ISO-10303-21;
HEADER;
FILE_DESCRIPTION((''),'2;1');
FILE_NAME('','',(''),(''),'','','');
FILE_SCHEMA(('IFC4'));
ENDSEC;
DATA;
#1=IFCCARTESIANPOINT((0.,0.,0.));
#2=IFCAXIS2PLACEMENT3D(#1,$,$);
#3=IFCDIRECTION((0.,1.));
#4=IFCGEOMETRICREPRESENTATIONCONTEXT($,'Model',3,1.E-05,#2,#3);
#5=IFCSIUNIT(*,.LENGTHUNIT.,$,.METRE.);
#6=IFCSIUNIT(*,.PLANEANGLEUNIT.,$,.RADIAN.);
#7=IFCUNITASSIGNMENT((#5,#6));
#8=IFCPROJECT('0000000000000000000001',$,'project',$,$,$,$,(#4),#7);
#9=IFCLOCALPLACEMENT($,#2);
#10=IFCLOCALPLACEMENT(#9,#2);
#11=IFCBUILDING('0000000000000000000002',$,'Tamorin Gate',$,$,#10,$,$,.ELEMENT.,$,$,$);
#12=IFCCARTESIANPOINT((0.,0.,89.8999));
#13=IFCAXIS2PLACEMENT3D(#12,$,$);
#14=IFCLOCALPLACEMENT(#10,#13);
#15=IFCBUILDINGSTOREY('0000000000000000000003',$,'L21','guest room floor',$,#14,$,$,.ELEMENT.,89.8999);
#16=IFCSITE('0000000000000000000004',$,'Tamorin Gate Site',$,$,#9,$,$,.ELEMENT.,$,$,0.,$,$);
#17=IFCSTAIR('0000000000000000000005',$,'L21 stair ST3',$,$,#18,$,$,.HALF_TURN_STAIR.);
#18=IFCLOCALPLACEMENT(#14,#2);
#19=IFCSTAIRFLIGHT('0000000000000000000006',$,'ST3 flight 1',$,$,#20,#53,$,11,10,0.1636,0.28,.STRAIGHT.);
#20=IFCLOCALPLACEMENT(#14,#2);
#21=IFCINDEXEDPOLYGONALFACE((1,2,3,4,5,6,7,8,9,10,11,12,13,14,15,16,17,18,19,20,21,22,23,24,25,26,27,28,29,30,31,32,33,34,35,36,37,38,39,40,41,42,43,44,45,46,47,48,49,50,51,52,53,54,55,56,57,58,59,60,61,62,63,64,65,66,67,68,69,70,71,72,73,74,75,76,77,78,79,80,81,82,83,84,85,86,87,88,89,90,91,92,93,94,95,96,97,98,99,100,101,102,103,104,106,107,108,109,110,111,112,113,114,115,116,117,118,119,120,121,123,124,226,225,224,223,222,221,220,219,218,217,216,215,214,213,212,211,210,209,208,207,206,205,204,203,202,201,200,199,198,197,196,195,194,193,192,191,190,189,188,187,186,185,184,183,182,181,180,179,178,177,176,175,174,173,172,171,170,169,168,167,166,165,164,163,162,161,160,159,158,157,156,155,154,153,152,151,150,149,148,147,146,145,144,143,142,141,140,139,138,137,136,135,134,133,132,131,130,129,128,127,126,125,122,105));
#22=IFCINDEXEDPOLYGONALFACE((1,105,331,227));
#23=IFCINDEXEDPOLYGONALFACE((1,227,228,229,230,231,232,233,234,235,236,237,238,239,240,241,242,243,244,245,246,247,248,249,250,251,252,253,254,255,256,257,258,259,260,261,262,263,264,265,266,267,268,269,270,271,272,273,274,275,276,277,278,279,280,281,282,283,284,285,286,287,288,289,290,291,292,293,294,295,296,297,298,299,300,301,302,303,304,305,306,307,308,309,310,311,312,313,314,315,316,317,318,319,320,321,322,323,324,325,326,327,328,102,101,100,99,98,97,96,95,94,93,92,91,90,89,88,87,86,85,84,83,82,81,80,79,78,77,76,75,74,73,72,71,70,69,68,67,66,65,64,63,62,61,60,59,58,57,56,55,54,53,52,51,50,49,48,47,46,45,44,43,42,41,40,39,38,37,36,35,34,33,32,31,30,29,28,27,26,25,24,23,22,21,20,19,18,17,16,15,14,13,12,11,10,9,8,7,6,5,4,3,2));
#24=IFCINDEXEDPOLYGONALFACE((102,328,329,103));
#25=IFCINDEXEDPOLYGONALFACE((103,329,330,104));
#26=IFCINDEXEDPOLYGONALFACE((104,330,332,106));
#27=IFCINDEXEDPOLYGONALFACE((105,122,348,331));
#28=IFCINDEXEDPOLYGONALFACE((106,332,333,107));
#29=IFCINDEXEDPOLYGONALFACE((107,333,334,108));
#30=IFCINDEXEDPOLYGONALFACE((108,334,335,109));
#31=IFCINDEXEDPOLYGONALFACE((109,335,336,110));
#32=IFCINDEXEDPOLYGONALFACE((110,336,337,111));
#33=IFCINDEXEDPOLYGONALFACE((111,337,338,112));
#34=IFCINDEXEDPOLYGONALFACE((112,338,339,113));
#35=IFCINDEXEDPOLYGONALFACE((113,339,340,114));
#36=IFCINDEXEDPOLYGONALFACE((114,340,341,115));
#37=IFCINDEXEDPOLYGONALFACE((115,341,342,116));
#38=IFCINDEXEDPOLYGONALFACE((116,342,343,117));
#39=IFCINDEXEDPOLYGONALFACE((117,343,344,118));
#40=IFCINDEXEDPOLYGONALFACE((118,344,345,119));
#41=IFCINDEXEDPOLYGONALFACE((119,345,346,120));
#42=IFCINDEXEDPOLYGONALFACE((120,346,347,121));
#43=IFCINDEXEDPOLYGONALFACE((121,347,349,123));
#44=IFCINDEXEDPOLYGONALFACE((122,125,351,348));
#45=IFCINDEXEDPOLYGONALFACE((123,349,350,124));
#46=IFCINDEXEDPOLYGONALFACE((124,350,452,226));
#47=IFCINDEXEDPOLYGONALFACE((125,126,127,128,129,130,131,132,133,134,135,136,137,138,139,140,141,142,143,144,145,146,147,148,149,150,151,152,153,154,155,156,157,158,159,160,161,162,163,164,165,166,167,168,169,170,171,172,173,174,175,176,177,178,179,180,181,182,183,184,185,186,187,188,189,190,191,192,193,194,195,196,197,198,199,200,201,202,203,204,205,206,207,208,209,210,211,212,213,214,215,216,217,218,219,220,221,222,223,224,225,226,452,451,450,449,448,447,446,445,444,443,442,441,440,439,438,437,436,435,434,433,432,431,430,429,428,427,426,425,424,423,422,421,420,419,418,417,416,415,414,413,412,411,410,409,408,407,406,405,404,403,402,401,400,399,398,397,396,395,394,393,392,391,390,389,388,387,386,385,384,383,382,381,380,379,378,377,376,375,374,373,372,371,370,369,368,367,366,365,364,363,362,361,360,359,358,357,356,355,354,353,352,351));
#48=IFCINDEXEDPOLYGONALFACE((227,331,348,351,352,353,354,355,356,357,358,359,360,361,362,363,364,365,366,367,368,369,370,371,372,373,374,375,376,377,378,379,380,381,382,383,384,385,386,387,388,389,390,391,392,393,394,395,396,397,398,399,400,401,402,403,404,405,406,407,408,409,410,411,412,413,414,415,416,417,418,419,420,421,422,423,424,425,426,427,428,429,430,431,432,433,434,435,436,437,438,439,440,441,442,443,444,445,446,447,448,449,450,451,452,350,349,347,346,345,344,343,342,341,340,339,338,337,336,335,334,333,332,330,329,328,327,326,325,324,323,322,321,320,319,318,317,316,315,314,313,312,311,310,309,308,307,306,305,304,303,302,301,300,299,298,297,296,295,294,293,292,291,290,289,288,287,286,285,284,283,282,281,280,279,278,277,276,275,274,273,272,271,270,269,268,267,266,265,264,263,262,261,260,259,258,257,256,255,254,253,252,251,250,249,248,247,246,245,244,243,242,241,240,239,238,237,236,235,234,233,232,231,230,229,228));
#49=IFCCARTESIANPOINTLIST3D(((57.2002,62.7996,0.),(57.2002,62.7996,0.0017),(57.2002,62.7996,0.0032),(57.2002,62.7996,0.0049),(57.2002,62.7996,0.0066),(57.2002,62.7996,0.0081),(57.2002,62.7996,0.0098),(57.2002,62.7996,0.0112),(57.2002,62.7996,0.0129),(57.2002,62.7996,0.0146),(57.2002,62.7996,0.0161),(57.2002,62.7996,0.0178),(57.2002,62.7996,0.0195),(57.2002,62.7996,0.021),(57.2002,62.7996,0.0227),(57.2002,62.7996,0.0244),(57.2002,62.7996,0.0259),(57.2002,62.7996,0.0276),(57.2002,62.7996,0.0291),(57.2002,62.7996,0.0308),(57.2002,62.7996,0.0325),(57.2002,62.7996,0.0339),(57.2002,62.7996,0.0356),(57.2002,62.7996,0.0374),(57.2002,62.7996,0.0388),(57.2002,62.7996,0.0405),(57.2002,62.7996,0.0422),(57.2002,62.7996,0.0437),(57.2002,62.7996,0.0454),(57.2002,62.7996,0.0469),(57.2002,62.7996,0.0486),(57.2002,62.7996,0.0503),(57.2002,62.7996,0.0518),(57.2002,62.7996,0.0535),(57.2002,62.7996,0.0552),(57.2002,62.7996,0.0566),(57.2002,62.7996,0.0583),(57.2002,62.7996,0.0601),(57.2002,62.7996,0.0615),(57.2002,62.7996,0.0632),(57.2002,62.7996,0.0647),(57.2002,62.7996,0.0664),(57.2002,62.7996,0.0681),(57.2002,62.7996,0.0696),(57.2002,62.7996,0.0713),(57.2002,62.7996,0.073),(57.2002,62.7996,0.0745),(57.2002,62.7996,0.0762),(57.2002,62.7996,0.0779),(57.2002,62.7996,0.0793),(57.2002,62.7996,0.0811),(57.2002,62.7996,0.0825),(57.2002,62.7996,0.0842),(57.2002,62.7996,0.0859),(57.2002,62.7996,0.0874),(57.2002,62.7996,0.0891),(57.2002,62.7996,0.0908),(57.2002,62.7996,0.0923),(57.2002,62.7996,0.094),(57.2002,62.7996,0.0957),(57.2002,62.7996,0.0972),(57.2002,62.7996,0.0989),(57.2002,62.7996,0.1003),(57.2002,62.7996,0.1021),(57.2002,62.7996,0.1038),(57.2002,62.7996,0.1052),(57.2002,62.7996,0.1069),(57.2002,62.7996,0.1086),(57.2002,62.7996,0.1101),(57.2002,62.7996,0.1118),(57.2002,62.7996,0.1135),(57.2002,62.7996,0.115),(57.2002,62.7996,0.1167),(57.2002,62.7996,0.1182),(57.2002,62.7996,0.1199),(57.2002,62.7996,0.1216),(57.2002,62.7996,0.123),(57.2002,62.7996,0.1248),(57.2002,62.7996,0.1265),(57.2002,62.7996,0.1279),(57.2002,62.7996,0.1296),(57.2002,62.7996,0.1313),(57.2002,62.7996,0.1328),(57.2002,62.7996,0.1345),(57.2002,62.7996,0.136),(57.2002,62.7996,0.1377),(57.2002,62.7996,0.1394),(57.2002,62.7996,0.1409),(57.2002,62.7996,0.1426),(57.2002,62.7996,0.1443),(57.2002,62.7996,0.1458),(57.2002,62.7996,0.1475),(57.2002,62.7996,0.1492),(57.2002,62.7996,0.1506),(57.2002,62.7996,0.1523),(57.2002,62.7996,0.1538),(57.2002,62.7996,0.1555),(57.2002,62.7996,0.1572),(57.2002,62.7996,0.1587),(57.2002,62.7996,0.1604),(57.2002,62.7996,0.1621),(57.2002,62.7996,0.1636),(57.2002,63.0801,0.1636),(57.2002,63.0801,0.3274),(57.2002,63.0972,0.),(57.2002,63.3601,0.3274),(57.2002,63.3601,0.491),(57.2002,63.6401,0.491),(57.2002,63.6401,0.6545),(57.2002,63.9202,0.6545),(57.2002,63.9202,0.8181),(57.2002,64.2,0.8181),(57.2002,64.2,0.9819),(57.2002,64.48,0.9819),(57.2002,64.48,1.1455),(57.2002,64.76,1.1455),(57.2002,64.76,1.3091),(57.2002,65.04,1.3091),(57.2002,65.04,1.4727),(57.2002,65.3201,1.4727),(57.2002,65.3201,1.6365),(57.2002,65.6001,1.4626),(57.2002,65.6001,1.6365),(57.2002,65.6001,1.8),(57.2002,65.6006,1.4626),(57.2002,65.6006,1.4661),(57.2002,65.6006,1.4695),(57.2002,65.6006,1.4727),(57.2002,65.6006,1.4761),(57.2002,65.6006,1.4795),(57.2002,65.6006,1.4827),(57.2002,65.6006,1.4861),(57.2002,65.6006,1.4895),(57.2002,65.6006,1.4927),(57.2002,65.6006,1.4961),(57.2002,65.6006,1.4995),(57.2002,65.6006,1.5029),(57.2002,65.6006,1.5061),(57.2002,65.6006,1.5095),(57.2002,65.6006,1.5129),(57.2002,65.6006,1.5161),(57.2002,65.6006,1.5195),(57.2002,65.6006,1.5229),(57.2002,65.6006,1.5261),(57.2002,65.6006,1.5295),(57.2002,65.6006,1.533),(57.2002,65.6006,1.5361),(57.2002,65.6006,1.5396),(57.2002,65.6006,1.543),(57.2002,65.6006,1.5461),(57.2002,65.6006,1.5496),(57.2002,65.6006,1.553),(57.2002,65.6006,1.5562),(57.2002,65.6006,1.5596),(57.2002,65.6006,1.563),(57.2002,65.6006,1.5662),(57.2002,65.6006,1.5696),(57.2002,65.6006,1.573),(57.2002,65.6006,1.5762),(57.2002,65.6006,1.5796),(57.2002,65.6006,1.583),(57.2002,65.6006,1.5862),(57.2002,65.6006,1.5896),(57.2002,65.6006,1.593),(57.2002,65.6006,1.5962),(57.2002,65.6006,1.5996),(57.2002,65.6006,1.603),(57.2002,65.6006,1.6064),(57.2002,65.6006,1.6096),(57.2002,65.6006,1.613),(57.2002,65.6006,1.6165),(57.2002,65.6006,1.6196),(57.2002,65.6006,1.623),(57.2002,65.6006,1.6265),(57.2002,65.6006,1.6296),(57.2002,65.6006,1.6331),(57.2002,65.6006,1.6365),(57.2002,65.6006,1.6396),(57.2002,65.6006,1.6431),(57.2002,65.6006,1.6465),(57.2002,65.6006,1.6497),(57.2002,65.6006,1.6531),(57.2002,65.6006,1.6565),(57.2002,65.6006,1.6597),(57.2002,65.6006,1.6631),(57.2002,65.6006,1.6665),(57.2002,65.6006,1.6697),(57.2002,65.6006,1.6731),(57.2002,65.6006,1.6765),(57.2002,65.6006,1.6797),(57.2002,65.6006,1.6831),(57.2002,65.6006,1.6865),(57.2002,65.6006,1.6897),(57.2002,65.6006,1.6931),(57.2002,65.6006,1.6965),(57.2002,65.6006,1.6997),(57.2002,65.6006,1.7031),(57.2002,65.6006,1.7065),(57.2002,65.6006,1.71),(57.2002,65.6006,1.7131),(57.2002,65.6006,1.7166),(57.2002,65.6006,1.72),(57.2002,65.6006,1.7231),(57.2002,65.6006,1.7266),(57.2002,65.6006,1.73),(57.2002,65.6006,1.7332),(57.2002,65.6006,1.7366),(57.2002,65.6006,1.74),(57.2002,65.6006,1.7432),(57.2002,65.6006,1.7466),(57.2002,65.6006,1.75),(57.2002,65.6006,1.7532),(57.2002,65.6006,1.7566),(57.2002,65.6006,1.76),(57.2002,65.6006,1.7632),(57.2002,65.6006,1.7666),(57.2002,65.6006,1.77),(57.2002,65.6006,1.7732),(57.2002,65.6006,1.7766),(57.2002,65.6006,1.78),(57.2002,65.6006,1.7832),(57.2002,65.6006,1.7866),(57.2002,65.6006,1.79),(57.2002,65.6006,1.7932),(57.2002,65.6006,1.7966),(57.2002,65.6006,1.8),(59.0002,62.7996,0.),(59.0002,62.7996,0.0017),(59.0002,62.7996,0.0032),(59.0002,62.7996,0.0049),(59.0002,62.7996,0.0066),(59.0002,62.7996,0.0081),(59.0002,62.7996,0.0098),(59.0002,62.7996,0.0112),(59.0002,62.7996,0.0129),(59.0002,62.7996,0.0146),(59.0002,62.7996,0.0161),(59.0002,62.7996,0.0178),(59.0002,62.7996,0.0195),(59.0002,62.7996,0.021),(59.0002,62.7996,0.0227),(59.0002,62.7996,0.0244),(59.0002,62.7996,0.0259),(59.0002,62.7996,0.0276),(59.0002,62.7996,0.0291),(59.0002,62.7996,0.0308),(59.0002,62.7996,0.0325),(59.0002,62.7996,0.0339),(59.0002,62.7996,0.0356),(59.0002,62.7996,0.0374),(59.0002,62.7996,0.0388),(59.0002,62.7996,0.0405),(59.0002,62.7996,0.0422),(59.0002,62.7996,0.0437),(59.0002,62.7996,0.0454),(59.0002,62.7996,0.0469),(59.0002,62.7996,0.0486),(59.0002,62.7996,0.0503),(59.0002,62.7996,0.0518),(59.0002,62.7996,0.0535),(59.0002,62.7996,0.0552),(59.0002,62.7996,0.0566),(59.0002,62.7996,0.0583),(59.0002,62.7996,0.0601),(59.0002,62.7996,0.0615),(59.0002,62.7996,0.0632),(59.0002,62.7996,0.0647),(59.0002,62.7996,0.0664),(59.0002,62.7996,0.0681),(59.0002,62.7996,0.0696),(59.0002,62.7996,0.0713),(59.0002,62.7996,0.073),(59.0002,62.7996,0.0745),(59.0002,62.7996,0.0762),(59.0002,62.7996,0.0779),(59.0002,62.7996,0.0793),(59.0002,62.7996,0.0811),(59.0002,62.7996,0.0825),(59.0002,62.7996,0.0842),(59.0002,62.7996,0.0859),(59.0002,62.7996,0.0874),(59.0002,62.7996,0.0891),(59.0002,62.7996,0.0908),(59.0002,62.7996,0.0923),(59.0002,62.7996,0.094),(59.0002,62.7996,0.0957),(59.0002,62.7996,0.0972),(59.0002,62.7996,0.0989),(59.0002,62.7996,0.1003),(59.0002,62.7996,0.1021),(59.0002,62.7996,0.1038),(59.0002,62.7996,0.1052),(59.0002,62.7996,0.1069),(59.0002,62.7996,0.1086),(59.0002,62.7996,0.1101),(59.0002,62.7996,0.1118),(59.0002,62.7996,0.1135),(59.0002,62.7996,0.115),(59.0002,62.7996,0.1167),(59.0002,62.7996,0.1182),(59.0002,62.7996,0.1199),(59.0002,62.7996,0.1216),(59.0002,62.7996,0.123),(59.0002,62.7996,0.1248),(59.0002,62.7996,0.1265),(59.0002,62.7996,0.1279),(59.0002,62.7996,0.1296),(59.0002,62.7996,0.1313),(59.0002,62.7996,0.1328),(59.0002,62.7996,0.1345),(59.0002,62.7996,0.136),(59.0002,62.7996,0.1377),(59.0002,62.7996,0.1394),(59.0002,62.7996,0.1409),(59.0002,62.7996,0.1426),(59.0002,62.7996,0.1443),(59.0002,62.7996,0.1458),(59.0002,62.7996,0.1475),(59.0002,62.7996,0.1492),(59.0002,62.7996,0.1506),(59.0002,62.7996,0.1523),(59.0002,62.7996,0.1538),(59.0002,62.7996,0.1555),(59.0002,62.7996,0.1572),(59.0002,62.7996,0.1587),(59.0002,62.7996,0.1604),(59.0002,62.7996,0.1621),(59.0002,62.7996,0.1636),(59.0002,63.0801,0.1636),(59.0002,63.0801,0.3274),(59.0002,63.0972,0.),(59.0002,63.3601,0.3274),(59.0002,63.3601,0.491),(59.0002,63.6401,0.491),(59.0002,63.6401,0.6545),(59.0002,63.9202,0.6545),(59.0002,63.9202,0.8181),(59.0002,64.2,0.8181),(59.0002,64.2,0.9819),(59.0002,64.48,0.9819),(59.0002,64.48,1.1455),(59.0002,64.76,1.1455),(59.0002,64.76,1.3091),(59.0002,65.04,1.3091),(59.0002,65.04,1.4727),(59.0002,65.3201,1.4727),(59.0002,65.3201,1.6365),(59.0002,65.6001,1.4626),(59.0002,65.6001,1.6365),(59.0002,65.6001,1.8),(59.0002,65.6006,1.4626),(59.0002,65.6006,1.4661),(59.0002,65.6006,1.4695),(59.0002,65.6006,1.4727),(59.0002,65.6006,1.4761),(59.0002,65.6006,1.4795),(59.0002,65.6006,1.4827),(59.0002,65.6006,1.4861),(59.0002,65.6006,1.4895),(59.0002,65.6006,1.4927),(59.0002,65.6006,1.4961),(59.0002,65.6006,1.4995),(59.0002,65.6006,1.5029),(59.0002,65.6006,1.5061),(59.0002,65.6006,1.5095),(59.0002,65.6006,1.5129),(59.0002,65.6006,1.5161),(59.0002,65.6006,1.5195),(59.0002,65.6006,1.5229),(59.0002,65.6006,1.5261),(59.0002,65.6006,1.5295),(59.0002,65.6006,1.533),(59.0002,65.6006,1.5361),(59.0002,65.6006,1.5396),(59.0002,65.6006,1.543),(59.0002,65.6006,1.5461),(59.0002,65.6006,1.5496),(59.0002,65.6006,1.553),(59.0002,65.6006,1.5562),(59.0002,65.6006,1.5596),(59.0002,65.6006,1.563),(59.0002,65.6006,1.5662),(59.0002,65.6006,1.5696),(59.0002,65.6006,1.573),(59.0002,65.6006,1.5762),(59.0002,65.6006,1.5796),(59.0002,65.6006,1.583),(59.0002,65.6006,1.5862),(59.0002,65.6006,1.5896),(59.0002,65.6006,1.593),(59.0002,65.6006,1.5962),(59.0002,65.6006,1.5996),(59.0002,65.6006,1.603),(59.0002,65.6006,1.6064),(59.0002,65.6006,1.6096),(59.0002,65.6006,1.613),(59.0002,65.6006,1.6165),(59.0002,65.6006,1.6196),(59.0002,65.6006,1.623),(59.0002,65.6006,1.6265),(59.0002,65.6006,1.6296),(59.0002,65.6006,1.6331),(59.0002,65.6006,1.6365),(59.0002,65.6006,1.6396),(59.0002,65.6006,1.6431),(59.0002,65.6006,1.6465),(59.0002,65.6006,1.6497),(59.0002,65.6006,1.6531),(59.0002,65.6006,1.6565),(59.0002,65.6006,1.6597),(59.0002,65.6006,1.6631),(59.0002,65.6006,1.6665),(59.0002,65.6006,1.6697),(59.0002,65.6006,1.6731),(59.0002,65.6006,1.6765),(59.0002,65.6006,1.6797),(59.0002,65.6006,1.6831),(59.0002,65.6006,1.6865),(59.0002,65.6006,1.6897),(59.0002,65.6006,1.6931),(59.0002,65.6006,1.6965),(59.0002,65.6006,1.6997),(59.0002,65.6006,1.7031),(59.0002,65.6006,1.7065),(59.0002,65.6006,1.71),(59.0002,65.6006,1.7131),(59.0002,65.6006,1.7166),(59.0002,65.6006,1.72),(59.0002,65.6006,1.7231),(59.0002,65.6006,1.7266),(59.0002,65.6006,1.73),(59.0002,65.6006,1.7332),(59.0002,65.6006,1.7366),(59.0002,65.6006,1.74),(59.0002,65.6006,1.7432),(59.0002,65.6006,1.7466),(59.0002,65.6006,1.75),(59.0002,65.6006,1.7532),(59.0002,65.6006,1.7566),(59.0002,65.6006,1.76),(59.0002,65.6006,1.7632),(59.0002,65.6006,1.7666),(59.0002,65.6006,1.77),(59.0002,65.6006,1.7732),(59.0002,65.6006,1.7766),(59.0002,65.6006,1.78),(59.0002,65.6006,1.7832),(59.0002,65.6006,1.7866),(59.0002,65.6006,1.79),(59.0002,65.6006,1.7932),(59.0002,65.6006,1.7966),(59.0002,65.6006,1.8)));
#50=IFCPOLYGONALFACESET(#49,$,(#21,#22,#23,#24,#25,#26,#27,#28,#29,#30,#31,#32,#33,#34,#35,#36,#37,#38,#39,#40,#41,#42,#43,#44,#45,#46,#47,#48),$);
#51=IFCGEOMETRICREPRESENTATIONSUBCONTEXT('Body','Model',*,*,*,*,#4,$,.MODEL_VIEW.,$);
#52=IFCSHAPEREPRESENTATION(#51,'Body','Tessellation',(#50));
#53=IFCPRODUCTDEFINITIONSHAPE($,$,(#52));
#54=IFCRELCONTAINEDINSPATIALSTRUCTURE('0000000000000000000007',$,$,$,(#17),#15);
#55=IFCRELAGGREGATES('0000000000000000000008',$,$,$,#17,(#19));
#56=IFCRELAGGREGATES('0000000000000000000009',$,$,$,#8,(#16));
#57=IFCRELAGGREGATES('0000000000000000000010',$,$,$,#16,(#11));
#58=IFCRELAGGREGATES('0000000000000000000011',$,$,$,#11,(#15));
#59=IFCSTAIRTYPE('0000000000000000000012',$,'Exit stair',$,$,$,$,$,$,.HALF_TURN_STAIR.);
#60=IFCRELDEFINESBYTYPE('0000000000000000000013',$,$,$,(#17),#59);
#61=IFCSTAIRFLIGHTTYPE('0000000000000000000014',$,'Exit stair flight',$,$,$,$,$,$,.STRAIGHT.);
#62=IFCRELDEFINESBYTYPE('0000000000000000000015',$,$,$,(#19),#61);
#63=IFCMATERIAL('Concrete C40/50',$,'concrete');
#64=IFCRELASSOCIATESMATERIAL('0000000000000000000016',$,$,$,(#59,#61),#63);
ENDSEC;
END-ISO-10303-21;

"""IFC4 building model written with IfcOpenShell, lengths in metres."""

from ifc_helpers import new_model, si_unit, direction, frame, origin, place, context, subcontext, project, spatial, polyline, outline, extrude, material, type_object, element, aggregate, save


model = new_model("IFC4")

# Units and contexts
model_context = context("Model", 3, precision=1e-05, world=origin(), true_north=direction((0.0, 1.0)))
body_context = subcontext(model_context, "Body", "Model", "MODEL_VIEW")
ifc_project = project(units=[si_unit("LENGTHUNIT", "METRE"), si_unit("PLANEANGLEUNIT", "RADIAN")], contexts=[model_context])

# Site, building, storey
site_placement = place(None, origin())
site = spatial("IfcSite", under=ifc_project, at=site_placement, Name="Tamorin Gate Site", CompositionType="ELEMENT", RefElevation=0.0)
building_placement = place(site_placement, origin())
building = spatial("IfcBuilding", under=site, at=building_placement, Name="Tamorin Gate", CompositionType="ELEMENT")
storey_placement = place(building_placement, frame((0.0, 0.0, 89.8999)))
storey = spatial("IfcBuildingStorey", under=building, at=storey_placement, Name="L21", Description="guest room floor", CompositionType="ELEMENT", Elevation=89.8999)

# Shared definitions
ifc_material_1 = material(Name="Concrete C40/50", Category="concrete")

# Stair, stair flight
stair_type = type_object("IfcStairType", Name="Exit stair", PredefinedType="HALF_TURN_STAIR", material=ifc_material_1)
stair_placement = place(storey_placement, origin())
stair = element("IfcStair", 1, at=stair_placement, inside=storey, type_object=stair_type, Name="L21 stair ST3", PredefinedType="HALF_TURN_STAIR")
stair_flight_type = type_object("IfcStairFlightType", Name="Exit stair flight", PredefinedType="STRAIGHT", material=ifc_material_1)
stair_flight_1_placement = place(storey_placement, frame((58.1001, 62.8, 0.0), z_axis=(0.0, 0.0, 1.0), x_axis=(0.0, 1.0, 0.0)))
stair_flight_1 = element("IfcStairFlight", 2, at=stair_flight_1_placement, type_object=stair_flight_type, Name="ST3 flight 1", NumberOfRisers=11, NumberOfTreads=10, PredefinedType="STRAIGHT", RiserHeight=0.1636, TreadLength=0.28, context=body_context, shape_type="SweptSolid", body=[
    extrude(outline(polyline([(-0.0005, 0.0), (-0.0005, 0.0017), (-0.0005, 0.0032), (-0.0005, 0.0049), (-0.0005, 0.0066), (-0.0005, 0.0081), (-0.0005, 0.0098), (-0.0005, 0.0112), (-0.0005, 0.0129), (-0.0005, 0.0146), (-0.0005, 0.0161), (-0.0005, 0.0178), (-0.0005, 0.0195), (-0.0005, 0.021), (-0.0005, 0.0227), (-0.0005, 0.0244), (-0.0005, 0.0259), (-0.0005, 0.0276), (-0.0005, 0.0291), (-0.0005, 0.0308), (-0.0005, 0.0325), (-0.0005, 0.0339), (-0.0005, 0.0356), (-0.0005, 0.0374), (-0.0005, 0.0388), (-0.0005, 0.0405), (-0.0005, 0.0422), (-0.0005, 0.0437), (-0.0005, 0.0454), (-0.0005, 0.0469), (-0.0005, 0.0486), (-0.0005, 0.0503), (-0.0005, 0.0518), (-0.0005, 0.0535), (-0.0005, 0.0552), (-0.0005, 0.0566), (-0.0005, 0.0583), (-0.0005, 0.0601), (-0.0005, 0.0615), (-0.0005, 0.0632), (-0.0005, 0.0647), (-0.0005, 0.0664), (-0.0005, 0.0681), (-0.0005, 0.0696), (-0.0005, 0.0713), (-0.0005, 0.073), (-0.0005, 0.0745), (-0.0005, 0.0762), (-0.0005, 0.0779), (-0.0005, 0.0793), (-0.0005, 0.0811), (-0.0005, 0.0825), (-0.0005, 0.0842), (-0.0005, 0.0859), (-0.0005, 0.0874), (-0.0005, 0.0891), (-0.0005, 0.0908), (-0.0005, 0.0923), (-0.0005, 0.094), (-0.0005, 0.0957), (-0.0005, 0.0972), (-0.0005, 0.0989), (-0.0005, 0.1003), (-0.0005, 0.1021), (-0.0005, 0.1038), (-0.0005, 0.1052), (-0.0005, 0.1069), (-0.0005, 0.1086), (-0.0005, 0.1101), (-0.0005, 0.1118), (-0.0005, 0.1135), (-0.0005, 0.115), (-0.0005, 0.1167), (-0.0005, 0.1182), (-0.0005, 0.1199), (-0.0005, 0.1216), (-0.0005, 0.123), (-0.0005, 0.1248), (-0.0005, 0.1265), (-0.0005, 0.1279), (-0.0005, 0.1296), (-0.0005, 0.1313), (-0.0005, 0.1328), (-0.0005, 0.1345), (-0.0005, 0.136), (-0.0005, 0.1377), (-0.0005, 0.1394), (-0.0005, 0.1409), (-0.0005, 0.1426), (-0.0005, 0.1443), (-0.0005, 0.1458), (-0.0005, 0.1475), (-0.0005, 0.1492), (-0.0005, 0.1506), (-0.0005, 0.1523), (-0.0005, 0.1538), (-0.0005, 0.1555), (-0.0005, 0.1572), (-0.0005, 0.1587), (-0.0005, 0.1604), (-0.0005, 0.1621), (-0.0005, 0.1636), (0.28, 0.1636), (0.28, 0.3274), (0.5601, 0.3274), (0.5601, 0.491), (0.8401, 0.491), (0.8401, 0.6545), (1.1201, 0.6545), (1.1201, 0.8181), (1.3999, 0.8181), (1.3999, 0.9819), (1.6799, 0.9819), (1.6799, 1.1455), (1.96, 1.1455), (1.96, 1.3091), (2.24, 1.3091), (2.24, 1.4727), (2.52, 1.4727), (2.52, 1.6365), (2.8, 1.6365), (2.8, 1.8), (2.8005, 1.8), (2.8005, 1.7966), (2.8005, 1.7932), (2.8005, 1.79), (2.8005, 1.7866), (2.8005, 1.7832), (2.8005, 1.78), (2.8005, 1.7766), (2.8005, 1.7732), (2.8005, 1.77), (2.8005, 1.7666), (2.8005, 1.7632), (2.8005, 1.76), (2.8005, 1.7566), (2.8005, 1.7532), (2.8005, 1.75), (2.8005, 1.7466), (2.8005, 1.7432), (2.8005, 1.74), (2.8005, 1.7366), (2.8005, 1.7332), (2.8005, 1.73), (2.8005, 1.7266), (2.8005, 1.7231), (2.8005, 1.72), (2.8005, 1.7166), (2.8005, 1.7131), (2.8005, 1.71), (2.8005, 1.7065), (2.8005, 1.7031), (2.8005, 1.6997), (2.8005, 1.6965), (2.8005, 1.6931), (2.8005, 1.6897), (2.8005, 1.6865), (2.8005, 1.6831), (2.8005, 1.6797), (2.8005, 1.6765), (2.8005, 1.6731), (2.8005, 1.6697), (2.8005, 1.6665), (2.8005, 1.6631), (2.8005, 1.6597), (2.8005, 1.6565), (2.8005, 1.6531), (2.8005, 1.6497), (2.8005, 1.6465), (2.8005, 1.6431), (2.8005, 1.6396), (2.8005, 1.6365), (2.8005, 1.6331), (2.8005, 1.6296), (2.8005, 1.6265), (2.8005, 1.623), (2.8005, 1.6196), (2.8005, 1.6165), (2.8005, 1.613), (2.8005, 1.6096), (2.8005, 1.6064), (2.8005, 1.603), (2.8005, 1.5996), (2.8005, 1.5962), (2.8005, 1.593), (2.8005, 1.5896), (2.8005, 1.5862), (2.8005, 1.583), (2.8005, 1.5796), (2.8005, 1.5762), (2.8005, 1.573), (2.8005, 1.5696), (2.8005, 1.5662), (2.8005, 1.563), (2.8005, 1.5596), (2.8005, 1.5562), (2.8005, 1.553), (2.8005, 1.5496), (2.8005, 1.5461), (2.8005, 1.543), (2.8005, 1.5396), (2.8005, 1.5361), (2.8005, 1.533), (2.8005, 1.5295), (2.8005, 1.5261), (2.8005, 1.5229), (2.8005, 1.5195), (2.8005, 1.5161), (2.8005, 1.5129), (2.8005, 1.5095), (2.8005, 1.5061), (2.8005, 1.5029), (2.8005, 1.4995), (2.8005, 1.4961), (2.8005, 1.4927), (2.8005, 1.4895), (2.8005, 1.4861), (2.8005, 1.4827), (2.8005, 1.4795), (2.8005, 1.4761), (2.8005, 1.4727), (2.8005, 1.4695), (2.8005, 1.4661), (2.8005, 1.4626), (2.8, 1.4626), (0.2971, 0.0), (-0.0005, 0.0)])), frame((0.0, 0.8999, 0.0), z_axis=(0.0, -1.0, 0.0), x_axis=(1.0, 0.0, 0.0)), (0.0, 0.0, 1.0), 1.8),
])
aggregate(stair, [stair_flight_1])

save(model, "model.ifc")
